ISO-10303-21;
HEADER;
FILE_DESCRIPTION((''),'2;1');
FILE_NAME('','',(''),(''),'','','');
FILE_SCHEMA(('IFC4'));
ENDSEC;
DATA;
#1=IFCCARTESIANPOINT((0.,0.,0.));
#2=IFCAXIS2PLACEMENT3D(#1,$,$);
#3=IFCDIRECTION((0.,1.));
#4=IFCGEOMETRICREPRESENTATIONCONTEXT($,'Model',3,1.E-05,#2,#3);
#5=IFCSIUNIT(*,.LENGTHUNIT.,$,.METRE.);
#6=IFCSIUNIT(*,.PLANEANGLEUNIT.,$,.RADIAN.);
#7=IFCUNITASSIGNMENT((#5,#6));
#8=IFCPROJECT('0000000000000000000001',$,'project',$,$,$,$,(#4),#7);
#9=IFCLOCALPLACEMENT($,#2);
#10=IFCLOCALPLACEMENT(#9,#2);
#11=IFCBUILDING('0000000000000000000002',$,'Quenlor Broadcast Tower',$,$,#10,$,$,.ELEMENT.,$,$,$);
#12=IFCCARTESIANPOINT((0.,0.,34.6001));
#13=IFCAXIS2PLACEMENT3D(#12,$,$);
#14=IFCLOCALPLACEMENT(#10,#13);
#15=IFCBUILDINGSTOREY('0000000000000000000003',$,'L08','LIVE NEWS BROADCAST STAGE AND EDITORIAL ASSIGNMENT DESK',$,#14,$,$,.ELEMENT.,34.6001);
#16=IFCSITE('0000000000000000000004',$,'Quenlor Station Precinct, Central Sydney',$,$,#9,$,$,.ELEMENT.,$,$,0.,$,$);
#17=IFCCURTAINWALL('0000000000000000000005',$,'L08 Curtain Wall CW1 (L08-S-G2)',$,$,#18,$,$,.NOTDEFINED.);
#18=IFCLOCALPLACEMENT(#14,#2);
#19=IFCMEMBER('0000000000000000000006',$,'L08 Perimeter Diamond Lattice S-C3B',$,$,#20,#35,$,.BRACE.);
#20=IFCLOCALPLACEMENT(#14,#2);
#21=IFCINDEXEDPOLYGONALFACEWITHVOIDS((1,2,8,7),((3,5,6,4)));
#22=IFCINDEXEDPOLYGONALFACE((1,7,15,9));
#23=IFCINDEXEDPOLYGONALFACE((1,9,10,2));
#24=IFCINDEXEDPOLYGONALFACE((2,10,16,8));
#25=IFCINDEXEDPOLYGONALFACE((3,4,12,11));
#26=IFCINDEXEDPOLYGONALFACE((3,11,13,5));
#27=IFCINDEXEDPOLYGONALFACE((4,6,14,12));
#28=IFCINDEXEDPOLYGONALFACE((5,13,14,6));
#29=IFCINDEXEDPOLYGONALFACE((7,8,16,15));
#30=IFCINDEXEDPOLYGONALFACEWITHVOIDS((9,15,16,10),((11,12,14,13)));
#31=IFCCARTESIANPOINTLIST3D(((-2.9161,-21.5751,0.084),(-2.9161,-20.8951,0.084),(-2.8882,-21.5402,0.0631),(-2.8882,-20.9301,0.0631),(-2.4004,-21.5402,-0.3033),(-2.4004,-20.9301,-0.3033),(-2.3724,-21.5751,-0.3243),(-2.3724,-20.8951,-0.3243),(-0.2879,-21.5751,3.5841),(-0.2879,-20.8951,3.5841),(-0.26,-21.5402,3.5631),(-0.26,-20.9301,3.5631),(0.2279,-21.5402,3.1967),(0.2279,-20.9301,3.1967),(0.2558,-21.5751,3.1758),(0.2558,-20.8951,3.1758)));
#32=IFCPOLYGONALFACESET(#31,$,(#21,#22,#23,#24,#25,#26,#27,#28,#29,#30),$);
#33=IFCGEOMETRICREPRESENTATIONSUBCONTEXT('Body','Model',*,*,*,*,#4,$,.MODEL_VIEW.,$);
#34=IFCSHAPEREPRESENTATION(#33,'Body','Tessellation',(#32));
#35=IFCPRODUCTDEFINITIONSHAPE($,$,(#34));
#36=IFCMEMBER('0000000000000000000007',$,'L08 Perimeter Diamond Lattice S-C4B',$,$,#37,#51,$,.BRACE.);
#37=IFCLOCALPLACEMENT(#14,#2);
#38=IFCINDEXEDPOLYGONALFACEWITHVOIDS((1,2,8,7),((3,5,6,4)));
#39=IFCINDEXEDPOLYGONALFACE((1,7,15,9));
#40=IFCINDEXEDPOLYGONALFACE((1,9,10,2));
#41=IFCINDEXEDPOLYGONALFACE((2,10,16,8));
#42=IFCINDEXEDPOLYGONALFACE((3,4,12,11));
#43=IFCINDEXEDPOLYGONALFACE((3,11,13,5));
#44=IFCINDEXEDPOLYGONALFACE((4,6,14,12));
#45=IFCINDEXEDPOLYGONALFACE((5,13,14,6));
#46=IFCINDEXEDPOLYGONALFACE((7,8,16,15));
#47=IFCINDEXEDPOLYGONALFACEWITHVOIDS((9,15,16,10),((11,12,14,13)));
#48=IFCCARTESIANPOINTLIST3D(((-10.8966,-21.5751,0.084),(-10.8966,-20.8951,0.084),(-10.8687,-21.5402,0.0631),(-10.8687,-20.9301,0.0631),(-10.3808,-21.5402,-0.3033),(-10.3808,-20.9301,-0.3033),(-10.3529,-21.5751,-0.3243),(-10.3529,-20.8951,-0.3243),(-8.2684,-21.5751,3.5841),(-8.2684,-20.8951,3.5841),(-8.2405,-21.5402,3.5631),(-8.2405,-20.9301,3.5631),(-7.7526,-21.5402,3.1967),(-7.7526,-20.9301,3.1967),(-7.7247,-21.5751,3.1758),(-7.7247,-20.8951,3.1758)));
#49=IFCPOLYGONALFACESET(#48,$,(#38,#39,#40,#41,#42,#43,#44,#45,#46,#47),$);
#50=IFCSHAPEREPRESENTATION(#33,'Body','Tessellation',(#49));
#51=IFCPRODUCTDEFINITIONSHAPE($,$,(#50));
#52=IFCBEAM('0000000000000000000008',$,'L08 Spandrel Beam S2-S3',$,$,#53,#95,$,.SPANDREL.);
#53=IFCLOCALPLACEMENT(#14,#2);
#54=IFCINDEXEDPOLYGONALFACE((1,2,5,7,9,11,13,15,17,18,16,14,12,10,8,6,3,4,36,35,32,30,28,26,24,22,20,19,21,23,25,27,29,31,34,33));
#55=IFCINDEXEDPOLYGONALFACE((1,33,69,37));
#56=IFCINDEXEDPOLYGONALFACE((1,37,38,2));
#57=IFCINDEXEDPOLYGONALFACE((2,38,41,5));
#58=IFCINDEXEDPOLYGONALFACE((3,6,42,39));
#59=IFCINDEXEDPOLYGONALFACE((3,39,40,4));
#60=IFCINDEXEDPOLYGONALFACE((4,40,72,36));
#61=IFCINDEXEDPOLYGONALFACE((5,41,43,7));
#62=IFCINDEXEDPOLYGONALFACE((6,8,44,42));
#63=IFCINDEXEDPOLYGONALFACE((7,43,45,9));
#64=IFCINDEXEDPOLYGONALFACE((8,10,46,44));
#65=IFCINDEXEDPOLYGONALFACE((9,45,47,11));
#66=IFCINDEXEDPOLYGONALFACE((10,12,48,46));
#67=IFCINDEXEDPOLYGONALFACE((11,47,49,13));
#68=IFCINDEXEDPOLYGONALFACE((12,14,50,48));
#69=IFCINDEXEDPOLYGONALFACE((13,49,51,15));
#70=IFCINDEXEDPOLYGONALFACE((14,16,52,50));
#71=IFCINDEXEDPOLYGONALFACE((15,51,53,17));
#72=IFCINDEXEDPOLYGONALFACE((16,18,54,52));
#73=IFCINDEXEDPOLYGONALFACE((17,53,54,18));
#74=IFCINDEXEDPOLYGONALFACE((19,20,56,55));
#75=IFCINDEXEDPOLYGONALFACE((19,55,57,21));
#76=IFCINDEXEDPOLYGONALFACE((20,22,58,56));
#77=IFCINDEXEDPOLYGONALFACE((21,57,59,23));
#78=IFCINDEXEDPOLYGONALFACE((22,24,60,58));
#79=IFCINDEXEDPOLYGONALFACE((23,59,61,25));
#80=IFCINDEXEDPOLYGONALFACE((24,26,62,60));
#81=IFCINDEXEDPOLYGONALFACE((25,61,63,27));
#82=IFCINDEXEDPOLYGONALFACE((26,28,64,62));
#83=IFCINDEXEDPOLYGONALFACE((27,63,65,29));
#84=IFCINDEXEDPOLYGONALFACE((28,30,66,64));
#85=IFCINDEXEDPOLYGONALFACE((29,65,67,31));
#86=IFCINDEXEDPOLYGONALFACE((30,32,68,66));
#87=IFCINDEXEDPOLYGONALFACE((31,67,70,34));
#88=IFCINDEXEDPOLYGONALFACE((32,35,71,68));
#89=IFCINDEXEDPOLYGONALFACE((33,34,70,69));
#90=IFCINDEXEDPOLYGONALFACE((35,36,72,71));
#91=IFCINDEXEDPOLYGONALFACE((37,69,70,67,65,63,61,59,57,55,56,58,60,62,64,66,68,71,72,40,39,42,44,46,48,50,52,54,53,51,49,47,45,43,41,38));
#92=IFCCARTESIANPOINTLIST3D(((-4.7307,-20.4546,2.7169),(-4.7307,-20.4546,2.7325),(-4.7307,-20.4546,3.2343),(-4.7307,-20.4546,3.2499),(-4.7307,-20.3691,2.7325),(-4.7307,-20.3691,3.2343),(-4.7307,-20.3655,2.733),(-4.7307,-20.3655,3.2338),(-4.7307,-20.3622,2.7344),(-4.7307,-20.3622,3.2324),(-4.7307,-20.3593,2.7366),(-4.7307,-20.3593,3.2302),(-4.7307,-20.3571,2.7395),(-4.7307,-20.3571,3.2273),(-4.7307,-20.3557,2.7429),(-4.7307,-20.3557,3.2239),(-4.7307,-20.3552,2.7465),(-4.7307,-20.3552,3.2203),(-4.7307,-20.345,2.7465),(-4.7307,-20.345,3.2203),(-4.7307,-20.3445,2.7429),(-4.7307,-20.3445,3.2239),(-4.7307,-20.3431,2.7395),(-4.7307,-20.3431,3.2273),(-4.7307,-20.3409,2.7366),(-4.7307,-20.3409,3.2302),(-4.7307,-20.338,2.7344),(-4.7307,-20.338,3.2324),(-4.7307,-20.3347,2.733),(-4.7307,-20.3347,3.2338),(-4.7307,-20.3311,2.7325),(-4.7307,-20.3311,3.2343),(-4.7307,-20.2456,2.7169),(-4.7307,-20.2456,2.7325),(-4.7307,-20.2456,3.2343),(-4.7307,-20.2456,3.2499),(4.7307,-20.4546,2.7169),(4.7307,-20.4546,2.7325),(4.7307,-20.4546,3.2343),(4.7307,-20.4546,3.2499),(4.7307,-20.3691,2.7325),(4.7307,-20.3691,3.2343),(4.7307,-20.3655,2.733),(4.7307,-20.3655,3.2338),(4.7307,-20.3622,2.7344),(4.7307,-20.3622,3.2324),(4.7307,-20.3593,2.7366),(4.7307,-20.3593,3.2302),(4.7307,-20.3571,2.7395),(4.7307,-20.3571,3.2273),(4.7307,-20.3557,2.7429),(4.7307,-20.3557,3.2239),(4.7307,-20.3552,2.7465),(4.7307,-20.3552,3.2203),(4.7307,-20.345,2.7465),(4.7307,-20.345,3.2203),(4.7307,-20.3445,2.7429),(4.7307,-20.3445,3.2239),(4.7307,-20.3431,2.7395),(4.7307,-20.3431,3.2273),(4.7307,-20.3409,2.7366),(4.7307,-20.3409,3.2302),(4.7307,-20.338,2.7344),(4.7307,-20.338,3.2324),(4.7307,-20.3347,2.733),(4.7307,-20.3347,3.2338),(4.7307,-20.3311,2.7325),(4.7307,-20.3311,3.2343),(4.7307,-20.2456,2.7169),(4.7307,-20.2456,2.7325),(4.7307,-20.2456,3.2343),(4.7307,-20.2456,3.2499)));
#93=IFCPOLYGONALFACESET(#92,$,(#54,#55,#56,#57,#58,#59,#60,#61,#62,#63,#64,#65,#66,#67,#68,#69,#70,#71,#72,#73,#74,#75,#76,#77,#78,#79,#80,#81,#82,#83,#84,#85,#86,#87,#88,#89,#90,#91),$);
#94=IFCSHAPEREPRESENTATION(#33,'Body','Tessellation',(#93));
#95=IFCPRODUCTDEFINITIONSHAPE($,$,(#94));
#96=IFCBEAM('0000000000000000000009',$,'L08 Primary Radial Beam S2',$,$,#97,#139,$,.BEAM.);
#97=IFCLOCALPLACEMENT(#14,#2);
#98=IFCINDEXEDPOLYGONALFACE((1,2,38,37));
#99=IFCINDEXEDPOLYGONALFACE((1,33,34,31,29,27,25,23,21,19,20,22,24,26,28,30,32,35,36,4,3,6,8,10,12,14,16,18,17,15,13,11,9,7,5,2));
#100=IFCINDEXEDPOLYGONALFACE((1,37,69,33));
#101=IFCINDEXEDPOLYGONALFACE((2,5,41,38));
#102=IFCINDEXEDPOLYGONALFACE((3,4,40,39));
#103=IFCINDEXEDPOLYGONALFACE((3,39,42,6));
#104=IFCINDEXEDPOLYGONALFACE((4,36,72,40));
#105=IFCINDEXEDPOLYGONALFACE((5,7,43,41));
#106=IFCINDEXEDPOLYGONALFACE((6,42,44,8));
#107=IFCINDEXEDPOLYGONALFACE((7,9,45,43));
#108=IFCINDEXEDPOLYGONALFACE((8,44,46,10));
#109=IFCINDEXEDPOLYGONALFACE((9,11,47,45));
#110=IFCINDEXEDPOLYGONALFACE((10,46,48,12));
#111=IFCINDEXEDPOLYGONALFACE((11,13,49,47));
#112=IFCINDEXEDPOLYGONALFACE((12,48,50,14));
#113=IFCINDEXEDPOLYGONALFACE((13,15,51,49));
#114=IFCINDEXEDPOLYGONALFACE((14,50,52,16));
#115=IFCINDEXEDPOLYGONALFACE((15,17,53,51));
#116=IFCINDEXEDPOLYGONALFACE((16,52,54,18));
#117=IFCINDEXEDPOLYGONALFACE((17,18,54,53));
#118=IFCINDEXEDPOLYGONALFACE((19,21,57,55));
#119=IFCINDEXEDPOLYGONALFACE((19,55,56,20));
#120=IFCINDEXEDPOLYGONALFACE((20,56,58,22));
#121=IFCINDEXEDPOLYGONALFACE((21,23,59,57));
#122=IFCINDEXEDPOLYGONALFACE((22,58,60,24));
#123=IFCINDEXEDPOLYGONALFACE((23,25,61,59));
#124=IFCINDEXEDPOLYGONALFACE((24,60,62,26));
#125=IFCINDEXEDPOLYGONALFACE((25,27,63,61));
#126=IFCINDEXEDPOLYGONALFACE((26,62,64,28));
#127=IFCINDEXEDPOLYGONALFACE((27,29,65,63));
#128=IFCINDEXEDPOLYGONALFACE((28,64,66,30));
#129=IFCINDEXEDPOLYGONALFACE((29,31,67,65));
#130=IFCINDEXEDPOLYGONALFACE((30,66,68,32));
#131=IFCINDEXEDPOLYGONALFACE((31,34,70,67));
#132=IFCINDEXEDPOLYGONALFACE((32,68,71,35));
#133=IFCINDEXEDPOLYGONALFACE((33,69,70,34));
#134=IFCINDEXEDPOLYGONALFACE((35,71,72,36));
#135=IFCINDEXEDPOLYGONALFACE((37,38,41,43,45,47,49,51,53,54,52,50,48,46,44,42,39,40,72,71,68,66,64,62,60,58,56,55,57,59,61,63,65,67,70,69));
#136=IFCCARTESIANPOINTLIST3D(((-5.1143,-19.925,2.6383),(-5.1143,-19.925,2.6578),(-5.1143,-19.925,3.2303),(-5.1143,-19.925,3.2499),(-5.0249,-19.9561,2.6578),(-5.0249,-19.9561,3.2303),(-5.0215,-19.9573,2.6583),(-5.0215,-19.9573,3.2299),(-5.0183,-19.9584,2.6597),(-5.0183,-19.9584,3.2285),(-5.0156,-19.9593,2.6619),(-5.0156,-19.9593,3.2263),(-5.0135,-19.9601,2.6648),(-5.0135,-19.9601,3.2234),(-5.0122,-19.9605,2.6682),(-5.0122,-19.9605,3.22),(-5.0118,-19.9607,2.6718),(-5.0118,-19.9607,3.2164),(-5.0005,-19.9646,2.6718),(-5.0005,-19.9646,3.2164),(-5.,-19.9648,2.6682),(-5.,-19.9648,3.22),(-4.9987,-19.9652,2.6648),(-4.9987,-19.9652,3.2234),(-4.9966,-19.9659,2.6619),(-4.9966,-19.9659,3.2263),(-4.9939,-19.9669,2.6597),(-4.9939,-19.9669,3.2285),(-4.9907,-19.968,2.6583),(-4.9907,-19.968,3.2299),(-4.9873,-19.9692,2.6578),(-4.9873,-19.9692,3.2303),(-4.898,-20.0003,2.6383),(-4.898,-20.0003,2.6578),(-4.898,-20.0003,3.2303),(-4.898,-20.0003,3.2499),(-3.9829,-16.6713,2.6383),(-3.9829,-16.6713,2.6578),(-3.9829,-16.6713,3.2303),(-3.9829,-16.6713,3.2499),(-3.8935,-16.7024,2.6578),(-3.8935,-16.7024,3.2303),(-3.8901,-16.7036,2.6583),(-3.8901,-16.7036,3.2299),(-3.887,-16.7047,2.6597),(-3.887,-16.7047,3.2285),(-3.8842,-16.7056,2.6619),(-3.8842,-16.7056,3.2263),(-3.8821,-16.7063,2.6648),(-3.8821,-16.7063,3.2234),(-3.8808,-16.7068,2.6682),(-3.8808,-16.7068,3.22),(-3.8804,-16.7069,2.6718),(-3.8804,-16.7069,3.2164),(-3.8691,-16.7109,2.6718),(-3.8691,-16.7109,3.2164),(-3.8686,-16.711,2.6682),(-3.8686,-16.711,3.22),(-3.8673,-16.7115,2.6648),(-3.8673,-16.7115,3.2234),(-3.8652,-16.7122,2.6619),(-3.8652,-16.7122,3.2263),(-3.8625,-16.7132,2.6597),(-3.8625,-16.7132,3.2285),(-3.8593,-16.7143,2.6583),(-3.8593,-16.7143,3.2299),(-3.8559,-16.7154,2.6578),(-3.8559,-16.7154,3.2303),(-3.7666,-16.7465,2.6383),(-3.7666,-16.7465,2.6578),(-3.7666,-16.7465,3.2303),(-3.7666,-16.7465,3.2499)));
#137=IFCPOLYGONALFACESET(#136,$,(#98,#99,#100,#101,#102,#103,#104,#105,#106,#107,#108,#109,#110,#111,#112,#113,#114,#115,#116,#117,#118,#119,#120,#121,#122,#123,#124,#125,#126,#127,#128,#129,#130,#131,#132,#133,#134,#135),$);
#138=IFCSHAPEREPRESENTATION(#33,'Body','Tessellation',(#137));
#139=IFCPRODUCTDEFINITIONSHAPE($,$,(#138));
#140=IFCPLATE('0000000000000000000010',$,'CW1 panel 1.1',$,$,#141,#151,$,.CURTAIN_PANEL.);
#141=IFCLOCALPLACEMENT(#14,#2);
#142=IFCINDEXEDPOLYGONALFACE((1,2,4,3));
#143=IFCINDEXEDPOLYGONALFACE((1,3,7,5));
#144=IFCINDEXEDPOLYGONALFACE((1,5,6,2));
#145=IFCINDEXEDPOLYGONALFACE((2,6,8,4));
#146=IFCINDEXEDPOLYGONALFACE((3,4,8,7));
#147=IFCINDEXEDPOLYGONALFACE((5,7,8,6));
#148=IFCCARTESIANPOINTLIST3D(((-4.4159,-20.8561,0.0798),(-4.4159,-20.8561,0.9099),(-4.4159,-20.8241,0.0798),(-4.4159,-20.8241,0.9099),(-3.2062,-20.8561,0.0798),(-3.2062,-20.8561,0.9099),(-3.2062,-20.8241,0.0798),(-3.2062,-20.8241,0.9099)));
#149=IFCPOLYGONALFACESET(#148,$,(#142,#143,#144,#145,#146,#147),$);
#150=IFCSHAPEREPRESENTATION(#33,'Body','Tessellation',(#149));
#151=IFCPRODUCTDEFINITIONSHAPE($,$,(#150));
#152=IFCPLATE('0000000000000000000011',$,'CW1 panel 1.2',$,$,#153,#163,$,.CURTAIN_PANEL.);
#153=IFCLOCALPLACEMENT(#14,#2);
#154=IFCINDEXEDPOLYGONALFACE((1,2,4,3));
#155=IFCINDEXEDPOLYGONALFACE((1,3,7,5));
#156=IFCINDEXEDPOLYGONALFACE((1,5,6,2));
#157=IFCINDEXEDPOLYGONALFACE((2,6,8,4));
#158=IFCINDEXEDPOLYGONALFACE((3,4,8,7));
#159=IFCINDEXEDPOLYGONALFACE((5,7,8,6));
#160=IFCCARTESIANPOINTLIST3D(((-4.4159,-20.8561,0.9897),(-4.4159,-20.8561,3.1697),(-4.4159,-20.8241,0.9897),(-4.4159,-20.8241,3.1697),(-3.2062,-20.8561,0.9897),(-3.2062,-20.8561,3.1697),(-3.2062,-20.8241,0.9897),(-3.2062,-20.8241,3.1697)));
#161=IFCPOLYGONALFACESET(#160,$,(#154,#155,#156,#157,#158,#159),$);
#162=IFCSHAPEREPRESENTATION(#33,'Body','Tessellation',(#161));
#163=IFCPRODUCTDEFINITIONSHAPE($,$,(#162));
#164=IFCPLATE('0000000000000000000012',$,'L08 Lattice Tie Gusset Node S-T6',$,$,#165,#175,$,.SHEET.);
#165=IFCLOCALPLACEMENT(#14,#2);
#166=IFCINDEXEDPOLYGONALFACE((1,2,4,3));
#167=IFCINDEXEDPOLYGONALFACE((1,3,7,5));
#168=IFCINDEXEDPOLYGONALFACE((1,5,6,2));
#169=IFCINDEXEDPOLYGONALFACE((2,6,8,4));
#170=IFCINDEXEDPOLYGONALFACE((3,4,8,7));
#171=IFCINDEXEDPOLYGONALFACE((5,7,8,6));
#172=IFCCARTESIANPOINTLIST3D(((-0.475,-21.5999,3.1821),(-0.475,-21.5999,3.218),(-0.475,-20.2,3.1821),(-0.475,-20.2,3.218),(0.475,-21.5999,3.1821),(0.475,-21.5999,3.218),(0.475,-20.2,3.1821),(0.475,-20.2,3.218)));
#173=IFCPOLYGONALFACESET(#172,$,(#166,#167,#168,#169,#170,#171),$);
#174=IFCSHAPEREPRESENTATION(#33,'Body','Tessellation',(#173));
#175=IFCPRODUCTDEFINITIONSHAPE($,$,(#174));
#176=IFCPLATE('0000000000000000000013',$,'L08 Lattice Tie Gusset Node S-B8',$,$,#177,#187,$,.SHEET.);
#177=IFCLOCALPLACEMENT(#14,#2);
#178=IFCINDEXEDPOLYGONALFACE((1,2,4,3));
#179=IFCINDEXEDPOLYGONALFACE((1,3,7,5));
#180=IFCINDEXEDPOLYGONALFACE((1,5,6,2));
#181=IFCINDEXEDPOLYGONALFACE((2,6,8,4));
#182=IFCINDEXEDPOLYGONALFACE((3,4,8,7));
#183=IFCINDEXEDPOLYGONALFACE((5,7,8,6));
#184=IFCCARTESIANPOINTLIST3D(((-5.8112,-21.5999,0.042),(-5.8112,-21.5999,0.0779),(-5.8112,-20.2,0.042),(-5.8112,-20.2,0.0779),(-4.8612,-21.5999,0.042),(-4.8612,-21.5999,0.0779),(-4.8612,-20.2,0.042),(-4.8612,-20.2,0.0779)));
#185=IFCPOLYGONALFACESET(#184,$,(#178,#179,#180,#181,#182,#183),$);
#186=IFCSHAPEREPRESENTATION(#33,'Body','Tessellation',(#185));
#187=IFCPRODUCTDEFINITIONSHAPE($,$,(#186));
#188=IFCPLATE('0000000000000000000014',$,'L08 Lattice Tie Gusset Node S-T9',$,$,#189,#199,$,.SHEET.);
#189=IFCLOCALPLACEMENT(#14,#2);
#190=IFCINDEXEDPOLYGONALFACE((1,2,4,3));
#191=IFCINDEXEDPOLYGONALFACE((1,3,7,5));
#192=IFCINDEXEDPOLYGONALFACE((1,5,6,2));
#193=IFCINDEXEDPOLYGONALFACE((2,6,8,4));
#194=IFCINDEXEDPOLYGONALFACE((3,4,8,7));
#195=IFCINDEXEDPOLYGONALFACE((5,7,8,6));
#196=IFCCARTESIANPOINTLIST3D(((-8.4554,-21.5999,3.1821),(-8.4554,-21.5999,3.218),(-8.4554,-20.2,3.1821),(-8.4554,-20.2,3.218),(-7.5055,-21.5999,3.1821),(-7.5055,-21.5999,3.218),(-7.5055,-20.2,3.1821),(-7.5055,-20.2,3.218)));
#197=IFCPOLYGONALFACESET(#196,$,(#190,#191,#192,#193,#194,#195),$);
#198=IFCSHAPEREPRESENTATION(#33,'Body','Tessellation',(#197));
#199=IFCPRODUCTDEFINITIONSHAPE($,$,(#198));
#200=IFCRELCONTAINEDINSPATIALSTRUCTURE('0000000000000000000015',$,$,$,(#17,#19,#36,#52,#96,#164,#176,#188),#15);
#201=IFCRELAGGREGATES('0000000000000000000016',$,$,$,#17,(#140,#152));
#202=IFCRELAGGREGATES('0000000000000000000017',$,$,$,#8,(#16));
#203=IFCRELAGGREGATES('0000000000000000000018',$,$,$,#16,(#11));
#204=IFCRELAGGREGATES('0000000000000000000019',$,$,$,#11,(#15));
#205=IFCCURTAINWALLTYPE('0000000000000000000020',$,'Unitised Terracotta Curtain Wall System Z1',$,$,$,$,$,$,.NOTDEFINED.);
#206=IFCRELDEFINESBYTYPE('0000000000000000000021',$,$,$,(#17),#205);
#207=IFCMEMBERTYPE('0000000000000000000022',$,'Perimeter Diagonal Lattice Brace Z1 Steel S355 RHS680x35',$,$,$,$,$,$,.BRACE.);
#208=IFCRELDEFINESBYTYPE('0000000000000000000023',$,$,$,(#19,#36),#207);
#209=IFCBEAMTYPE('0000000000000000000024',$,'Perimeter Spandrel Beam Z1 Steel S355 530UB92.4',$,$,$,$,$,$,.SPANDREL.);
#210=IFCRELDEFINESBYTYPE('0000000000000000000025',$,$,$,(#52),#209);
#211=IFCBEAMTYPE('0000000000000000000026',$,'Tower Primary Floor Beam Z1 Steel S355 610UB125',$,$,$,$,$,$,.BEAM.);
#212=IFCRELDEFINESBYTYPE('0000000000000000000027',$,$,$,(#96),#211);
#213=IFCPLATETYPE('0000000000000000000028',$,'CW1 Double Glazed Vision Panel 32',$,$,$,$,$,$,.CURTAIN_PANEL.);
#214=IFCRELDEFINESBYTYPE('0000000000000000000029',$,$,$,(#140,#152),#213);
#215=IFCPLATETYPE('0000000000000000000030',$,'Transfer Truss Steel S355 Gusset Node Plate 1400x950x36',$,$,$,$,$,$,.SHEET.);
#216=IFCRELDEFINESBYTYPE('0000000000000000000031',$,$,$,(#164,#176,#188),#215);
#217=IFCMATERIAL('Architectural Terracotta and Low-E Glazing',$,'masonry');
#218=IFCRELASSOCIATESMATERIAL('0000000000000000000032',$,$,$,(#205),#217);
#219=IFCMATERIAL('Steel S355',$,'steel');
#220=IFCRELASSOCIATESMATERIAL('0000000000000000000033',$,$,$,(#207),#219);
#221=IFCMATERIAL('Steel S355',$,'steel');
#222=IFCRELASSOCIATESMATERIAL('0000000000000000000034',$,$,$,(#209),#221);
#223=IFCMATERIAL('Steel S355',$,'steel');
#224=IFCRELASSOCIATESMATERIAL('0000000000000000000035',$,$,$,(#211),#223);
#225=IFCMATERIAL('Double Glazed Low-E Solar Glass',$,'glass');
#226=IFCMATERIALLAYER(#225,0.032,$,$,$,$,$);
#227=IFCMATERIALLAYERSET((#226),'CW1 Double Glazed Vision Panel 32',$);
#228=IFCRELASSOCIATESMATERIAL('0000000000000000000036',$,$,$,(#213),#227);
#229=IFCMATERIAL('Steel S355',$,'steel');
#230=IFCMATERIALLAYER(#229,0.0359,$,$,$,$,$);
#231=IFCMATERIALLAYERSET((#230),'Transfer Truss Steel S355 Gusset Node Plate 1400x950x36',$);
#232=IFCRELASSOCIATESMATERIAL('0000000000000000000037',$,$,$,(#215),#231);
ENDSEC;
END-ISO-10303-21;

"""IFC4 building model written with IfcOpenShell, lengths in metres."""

from ifc_helpers import new_model, si_unit, direction, frame, origin, origin_2d, place, context, subcontext, project, spatial, rectangle, hollow_rectangle, i_section, extrude, material, layer, layer_set, material_profile, profile_set, type_object, element, aggregate, save


model = new_model("IFC4")

# Units and contexts
model_context = context("Model", 3, precision=1e-05, world=origin(), true_north=direction((0.0, 1.0)))
body_context = subcontext(model_context, "Body", "Model", "MODEL_VIEW")
ifc_project = project(units=[si_unit("LENGTHUNIT", "METRE"), si_unit("PLANEANGLEUNIT", "RADIAN")], contexts=[model_context])

# Site, building, storey
site_placement = place(None, origin())
site = spatial("IfcSite", under=ifc_project, at=site_placement, Name="Quenlor Station Precinct, Central Sydney", CompositionType="ELEMENT", RefElevation=0.0)
building_placement = place(site_placement, origin())
building = spatial("IfcBuilding", under=site, at=building_placement, Name="Quenlor Broadcast Tower", CompositionType="ELEMENT")
storey_placement = place(building_placement, frame((0.0, 0.0, 34.6001)))
storey = spatial("IfcBuildingStorey", under=building, at=storey_placement, Name="L08", Description="LIVE NEWS BROADCAST STAGE AND EDITORIAL ASSIGNMENT DESK", CompositionType="ELEMENT", Elevation=34.6001)

# Shared definitions
ifc_material_1 = material(Name="Architectural Terracotta and Low-E Glazing", Category="masonry")
curtain_wall_type = type_object("IfcCurtainWallType", Name="Unitised Terracotta Curtain Wall System Z1", PredefinedType="NOTDEFINED", material=ifc_material_1)

# Curtain wall
curtain_wall_1_placement = place(storey_placement, origin())
curtain_wall_1 = element("IfcCurtainWall", 1, at=curtain_wall_1_placement, inside=storey, type_object=curtain_wall_type, Name="L08 Curtain Wall CW1 (L08-S-G2)", PredefinedType="NOTDEFINED")

# Members
ifc_material_2 = material(Name="Steel S355", Category="steel")
ifc_material_profile_1 = material_profile(ifc_material_2, hollow_rectangle(XDim=0.6799, YDim=0.6799, WallThickness=0.0349, at=origin_2d()))
ifc_profile_set_1 = profile_set([ifc_material_profile_1], Name="Steel S355 RHS680x680x35")
member_type_1 = type_object("IfcMemberType", Name="Perimeter Diagonal Lattice Brace Z1 Steel S355 RHS680x35", PredefinedType="BRACE", material=ifc_profile_set_1)
for number, where, z_axis, x_axis, name in (
    (2, (-2.6443, -21.2351, -0.1201), (0.600464, 0.0, 0.799652), (0.0, 1.0, 0.0), "L08 Perimeter Diamond Lattice S-C3B"),
    (3, (-10.6248, -21.2351, -0.1201), (0.600464, 0.0, 0.799652), (0.0, 1.0, 0.0), "L08 Perimeter Diamond Lattice S-C4B"),
):
    element("IfcMember", number, at=place(storey_placement, frame(where, z_axis=z_axis, x_axis=x_axis)), inside=storey, type_object=member_type_1, Name=name, PredefinedType="BRACE", context=body_context, shape_type="SweptSolid", body=[
        extrude(hollow_rectangle(XDim=0.6799, YDim=0.6799, WallThickness=0.0349, at=origin_2d()), origin(), (0.0, 0.0, 1.0), 4.377),
    ])

# Beams
ifc_material_3 = material(Name="Steel S355", Category="steel")
ifc_material_profile_2 = material_profile(ifc_material_3, i_section(OverallWidth=0.209, OverallDepth=0.533, WebThickness=0.0103, FlangeThickness=0.0156, FilletRadius=0.0139, at=origin_2d()))
ifc_profile_set_2 = profile_set([ifc_material_profile_2], Name="Steel S355 530UB92.4")
beam_type_1 = type_object("IfcBeamType", Name="Perimeter Spandrel Beam Z1 Steel S355 530UB92.4", PredefinedType="SPANDREL", material=ifc_profile_set_2)
beam_1_placement = place(storey_placement, frame((-4.7307, -20.3501, 2.9834), z_axis=(1.0, 0.0, 0.0), x_axis=(0.0, 1.0, 0.0)))
element("IfcBeam", 4, at=beam_1_placement, inside=storey, type_object=beam_type_1, Name="L08 Spandrel Beam S2-S3", PredefinedType="SPANDREL", context=body_context, shape_type="SweptSolid", body=[
    extrude(i_section(OverallWidth=0.209, OverallDepth=0.533, WebThickness=0.0103, FlangeThickness=0.0156, FilletRadius=0.0139, at=origin_2d()), origin(), (0.0, 0.0, 1.0), 9.4614),
])
ifc_material_4 = material(Name="Steel S355", Category="steel")
ifc_material_profile_3 = material_profile(ifc_material_4, i_section(OverallWidth=0.229, OverallDepth=0.6116, WebThickness=0.012, FlangeThickness=0.0195, FilletRadius=0.0139, at=origin_2d()))
ifc_profile_set_3 = profile_set([ifc_material_profile_3], Name="Steel S355 610UB125")
beam_type_2 = type_object("IfcBeamType", Name="Tower Primary Floor Beam Z1 Steel S355 610UB125", PredefinedType="BEAM", material=ifc_profile_set_3)
beam_2_placement = place(storey_placement, frame((-5.0061, -19.9626, 2.9441), z_axis=(0.328427, 0.944529, 0.0), x_axis=(-0.944529, 0.328427, 0.0)))
element("IfcBeam", 5, at=beam_2_placement, inside=storey, type_object=beam_type_2, Name="L08 Primary Radial Beam S2", PredefinedType="BEAM", context=body_context, shape_type="SweptSolid", body=[
    extrude(i_section(OverallWidth=0.229, OverallDepth=0.6116, WebThickness=0.012, FlangeThickness=0.0195, FilletRadius=0.0139, at=origin_2d()), origin(), (0.0, 0.0, 1.0), 3.4448),
])

# Plates
ifc_material_5 = material(Name="Double Glazed Low-E Solar Glass", Category="glass")
ifc_layer_1 = layer(ifc_material_5, 0.032)
ifc_layer_set_1 = layer_set([ifc_layer_1], Name="CW1 Double Glazed Vision Panel 32")
plate_type_1 = type_object("IfcPlateType", Name="CW1 Double Glazed Vision Panel 32", PredefinedType="CURTAIN_PANEL", material=ifc_layer_set_1)
plate_1_placement = place(storey_placement, frame((-3.811, -20.8401, 0.0798), z_axis=(0.0, 0.0, 1.0), x_axis=(-1.0, 0.0, 0.0)))
plate_1 = element("IfcPlate", 6, at=plate_1_placement, type_object=plate_type_1, Name="CW1 panel 1.1", PredefinedType="CURTAIN_PANEL", context=body_context, shape_type="SweptSolid", body=[
    extrude(rectangle(XDim=1.2097, YDim=0.032, at=origin_2d()), origin(), (0.0, 0.0, 1.0), 0.8301),
])
plate_2_placement = place(storey_placement, frame((-3.811, -20.8401, 0.9897), z_axis=(0.0, 0.0, 1.0), x_axis=(-1.0, 0.0, 0.0)))
plate_2 = element("IfcPlate", 7, at=plate_2_placement, type_object=plate_type_1, Name="CW1 panel 1.2", PredefinedType="CURTAIN_PANEL", context=body_context, shape_type="SweptSolid", body=[
    extrude(rectangle(XDim=1.2097, YDim=0.032, at=origin_2d()), origin(), (0.0, 0.0, 1.0), 2.1799),
])
aggregate(curtain_wall_1, [plate_1, plate_2])

# Plates
ifc_material_6 = material(Name="Steel S355", Category="steel")
ifc_layer_2 = layer(ifc_material_6, 0.0359)
ifc_layer_set_2 = layer_set([ifc_layer_2], Name="Transfer Truss Steel S355 Gusset Node Plate 1400x950x36")
plate_type_2 = type_object("IfcPlateType", Name="Transfer Truss Steel S355 Gusset Node Plate 1400x950x36", PredefinedType="SHEET", material=ifc_layer_set_2)
for number, where, z_axis, x_axis, name in (
    (8, (0.0, -20.8999, 3.1821), (0.0, 0.0, 1.0), (0.0, -1.0, 0.0), "L08 Lattice Tie Gusset Node S-T6"),
    (9, (-5.3362, -20.8999, 0.042), (0.0, 0.0, 1.0), (0.0, -1.0, 0.0), "L08 Lattice Tie Gusset Node S-B8"),
    (10, (-7.9805, -20.8999, 3.1821), (0.0, 0.0, 1.0), (0.0, -1.0, 0.0), "L08 Lattice Tie Gusset Node S-T9"),
):
    element("IfcPlate", number, at=place(storey_placement, frame(where, z_axis=z_axis, x_axis=x_axis)), inside=storey, type_object=plate_type_2, Name=name, PredefinedType="SHEET", context=body_context, shape_type="SweptSolid", body=[
        extrude(rectangle(XDim=1.3999, YDim=0.95, at=origin_2d()), origin(), (0.0, 0.0, 1.0), 0.0359),
    ])

save(model, "model.ifc")
